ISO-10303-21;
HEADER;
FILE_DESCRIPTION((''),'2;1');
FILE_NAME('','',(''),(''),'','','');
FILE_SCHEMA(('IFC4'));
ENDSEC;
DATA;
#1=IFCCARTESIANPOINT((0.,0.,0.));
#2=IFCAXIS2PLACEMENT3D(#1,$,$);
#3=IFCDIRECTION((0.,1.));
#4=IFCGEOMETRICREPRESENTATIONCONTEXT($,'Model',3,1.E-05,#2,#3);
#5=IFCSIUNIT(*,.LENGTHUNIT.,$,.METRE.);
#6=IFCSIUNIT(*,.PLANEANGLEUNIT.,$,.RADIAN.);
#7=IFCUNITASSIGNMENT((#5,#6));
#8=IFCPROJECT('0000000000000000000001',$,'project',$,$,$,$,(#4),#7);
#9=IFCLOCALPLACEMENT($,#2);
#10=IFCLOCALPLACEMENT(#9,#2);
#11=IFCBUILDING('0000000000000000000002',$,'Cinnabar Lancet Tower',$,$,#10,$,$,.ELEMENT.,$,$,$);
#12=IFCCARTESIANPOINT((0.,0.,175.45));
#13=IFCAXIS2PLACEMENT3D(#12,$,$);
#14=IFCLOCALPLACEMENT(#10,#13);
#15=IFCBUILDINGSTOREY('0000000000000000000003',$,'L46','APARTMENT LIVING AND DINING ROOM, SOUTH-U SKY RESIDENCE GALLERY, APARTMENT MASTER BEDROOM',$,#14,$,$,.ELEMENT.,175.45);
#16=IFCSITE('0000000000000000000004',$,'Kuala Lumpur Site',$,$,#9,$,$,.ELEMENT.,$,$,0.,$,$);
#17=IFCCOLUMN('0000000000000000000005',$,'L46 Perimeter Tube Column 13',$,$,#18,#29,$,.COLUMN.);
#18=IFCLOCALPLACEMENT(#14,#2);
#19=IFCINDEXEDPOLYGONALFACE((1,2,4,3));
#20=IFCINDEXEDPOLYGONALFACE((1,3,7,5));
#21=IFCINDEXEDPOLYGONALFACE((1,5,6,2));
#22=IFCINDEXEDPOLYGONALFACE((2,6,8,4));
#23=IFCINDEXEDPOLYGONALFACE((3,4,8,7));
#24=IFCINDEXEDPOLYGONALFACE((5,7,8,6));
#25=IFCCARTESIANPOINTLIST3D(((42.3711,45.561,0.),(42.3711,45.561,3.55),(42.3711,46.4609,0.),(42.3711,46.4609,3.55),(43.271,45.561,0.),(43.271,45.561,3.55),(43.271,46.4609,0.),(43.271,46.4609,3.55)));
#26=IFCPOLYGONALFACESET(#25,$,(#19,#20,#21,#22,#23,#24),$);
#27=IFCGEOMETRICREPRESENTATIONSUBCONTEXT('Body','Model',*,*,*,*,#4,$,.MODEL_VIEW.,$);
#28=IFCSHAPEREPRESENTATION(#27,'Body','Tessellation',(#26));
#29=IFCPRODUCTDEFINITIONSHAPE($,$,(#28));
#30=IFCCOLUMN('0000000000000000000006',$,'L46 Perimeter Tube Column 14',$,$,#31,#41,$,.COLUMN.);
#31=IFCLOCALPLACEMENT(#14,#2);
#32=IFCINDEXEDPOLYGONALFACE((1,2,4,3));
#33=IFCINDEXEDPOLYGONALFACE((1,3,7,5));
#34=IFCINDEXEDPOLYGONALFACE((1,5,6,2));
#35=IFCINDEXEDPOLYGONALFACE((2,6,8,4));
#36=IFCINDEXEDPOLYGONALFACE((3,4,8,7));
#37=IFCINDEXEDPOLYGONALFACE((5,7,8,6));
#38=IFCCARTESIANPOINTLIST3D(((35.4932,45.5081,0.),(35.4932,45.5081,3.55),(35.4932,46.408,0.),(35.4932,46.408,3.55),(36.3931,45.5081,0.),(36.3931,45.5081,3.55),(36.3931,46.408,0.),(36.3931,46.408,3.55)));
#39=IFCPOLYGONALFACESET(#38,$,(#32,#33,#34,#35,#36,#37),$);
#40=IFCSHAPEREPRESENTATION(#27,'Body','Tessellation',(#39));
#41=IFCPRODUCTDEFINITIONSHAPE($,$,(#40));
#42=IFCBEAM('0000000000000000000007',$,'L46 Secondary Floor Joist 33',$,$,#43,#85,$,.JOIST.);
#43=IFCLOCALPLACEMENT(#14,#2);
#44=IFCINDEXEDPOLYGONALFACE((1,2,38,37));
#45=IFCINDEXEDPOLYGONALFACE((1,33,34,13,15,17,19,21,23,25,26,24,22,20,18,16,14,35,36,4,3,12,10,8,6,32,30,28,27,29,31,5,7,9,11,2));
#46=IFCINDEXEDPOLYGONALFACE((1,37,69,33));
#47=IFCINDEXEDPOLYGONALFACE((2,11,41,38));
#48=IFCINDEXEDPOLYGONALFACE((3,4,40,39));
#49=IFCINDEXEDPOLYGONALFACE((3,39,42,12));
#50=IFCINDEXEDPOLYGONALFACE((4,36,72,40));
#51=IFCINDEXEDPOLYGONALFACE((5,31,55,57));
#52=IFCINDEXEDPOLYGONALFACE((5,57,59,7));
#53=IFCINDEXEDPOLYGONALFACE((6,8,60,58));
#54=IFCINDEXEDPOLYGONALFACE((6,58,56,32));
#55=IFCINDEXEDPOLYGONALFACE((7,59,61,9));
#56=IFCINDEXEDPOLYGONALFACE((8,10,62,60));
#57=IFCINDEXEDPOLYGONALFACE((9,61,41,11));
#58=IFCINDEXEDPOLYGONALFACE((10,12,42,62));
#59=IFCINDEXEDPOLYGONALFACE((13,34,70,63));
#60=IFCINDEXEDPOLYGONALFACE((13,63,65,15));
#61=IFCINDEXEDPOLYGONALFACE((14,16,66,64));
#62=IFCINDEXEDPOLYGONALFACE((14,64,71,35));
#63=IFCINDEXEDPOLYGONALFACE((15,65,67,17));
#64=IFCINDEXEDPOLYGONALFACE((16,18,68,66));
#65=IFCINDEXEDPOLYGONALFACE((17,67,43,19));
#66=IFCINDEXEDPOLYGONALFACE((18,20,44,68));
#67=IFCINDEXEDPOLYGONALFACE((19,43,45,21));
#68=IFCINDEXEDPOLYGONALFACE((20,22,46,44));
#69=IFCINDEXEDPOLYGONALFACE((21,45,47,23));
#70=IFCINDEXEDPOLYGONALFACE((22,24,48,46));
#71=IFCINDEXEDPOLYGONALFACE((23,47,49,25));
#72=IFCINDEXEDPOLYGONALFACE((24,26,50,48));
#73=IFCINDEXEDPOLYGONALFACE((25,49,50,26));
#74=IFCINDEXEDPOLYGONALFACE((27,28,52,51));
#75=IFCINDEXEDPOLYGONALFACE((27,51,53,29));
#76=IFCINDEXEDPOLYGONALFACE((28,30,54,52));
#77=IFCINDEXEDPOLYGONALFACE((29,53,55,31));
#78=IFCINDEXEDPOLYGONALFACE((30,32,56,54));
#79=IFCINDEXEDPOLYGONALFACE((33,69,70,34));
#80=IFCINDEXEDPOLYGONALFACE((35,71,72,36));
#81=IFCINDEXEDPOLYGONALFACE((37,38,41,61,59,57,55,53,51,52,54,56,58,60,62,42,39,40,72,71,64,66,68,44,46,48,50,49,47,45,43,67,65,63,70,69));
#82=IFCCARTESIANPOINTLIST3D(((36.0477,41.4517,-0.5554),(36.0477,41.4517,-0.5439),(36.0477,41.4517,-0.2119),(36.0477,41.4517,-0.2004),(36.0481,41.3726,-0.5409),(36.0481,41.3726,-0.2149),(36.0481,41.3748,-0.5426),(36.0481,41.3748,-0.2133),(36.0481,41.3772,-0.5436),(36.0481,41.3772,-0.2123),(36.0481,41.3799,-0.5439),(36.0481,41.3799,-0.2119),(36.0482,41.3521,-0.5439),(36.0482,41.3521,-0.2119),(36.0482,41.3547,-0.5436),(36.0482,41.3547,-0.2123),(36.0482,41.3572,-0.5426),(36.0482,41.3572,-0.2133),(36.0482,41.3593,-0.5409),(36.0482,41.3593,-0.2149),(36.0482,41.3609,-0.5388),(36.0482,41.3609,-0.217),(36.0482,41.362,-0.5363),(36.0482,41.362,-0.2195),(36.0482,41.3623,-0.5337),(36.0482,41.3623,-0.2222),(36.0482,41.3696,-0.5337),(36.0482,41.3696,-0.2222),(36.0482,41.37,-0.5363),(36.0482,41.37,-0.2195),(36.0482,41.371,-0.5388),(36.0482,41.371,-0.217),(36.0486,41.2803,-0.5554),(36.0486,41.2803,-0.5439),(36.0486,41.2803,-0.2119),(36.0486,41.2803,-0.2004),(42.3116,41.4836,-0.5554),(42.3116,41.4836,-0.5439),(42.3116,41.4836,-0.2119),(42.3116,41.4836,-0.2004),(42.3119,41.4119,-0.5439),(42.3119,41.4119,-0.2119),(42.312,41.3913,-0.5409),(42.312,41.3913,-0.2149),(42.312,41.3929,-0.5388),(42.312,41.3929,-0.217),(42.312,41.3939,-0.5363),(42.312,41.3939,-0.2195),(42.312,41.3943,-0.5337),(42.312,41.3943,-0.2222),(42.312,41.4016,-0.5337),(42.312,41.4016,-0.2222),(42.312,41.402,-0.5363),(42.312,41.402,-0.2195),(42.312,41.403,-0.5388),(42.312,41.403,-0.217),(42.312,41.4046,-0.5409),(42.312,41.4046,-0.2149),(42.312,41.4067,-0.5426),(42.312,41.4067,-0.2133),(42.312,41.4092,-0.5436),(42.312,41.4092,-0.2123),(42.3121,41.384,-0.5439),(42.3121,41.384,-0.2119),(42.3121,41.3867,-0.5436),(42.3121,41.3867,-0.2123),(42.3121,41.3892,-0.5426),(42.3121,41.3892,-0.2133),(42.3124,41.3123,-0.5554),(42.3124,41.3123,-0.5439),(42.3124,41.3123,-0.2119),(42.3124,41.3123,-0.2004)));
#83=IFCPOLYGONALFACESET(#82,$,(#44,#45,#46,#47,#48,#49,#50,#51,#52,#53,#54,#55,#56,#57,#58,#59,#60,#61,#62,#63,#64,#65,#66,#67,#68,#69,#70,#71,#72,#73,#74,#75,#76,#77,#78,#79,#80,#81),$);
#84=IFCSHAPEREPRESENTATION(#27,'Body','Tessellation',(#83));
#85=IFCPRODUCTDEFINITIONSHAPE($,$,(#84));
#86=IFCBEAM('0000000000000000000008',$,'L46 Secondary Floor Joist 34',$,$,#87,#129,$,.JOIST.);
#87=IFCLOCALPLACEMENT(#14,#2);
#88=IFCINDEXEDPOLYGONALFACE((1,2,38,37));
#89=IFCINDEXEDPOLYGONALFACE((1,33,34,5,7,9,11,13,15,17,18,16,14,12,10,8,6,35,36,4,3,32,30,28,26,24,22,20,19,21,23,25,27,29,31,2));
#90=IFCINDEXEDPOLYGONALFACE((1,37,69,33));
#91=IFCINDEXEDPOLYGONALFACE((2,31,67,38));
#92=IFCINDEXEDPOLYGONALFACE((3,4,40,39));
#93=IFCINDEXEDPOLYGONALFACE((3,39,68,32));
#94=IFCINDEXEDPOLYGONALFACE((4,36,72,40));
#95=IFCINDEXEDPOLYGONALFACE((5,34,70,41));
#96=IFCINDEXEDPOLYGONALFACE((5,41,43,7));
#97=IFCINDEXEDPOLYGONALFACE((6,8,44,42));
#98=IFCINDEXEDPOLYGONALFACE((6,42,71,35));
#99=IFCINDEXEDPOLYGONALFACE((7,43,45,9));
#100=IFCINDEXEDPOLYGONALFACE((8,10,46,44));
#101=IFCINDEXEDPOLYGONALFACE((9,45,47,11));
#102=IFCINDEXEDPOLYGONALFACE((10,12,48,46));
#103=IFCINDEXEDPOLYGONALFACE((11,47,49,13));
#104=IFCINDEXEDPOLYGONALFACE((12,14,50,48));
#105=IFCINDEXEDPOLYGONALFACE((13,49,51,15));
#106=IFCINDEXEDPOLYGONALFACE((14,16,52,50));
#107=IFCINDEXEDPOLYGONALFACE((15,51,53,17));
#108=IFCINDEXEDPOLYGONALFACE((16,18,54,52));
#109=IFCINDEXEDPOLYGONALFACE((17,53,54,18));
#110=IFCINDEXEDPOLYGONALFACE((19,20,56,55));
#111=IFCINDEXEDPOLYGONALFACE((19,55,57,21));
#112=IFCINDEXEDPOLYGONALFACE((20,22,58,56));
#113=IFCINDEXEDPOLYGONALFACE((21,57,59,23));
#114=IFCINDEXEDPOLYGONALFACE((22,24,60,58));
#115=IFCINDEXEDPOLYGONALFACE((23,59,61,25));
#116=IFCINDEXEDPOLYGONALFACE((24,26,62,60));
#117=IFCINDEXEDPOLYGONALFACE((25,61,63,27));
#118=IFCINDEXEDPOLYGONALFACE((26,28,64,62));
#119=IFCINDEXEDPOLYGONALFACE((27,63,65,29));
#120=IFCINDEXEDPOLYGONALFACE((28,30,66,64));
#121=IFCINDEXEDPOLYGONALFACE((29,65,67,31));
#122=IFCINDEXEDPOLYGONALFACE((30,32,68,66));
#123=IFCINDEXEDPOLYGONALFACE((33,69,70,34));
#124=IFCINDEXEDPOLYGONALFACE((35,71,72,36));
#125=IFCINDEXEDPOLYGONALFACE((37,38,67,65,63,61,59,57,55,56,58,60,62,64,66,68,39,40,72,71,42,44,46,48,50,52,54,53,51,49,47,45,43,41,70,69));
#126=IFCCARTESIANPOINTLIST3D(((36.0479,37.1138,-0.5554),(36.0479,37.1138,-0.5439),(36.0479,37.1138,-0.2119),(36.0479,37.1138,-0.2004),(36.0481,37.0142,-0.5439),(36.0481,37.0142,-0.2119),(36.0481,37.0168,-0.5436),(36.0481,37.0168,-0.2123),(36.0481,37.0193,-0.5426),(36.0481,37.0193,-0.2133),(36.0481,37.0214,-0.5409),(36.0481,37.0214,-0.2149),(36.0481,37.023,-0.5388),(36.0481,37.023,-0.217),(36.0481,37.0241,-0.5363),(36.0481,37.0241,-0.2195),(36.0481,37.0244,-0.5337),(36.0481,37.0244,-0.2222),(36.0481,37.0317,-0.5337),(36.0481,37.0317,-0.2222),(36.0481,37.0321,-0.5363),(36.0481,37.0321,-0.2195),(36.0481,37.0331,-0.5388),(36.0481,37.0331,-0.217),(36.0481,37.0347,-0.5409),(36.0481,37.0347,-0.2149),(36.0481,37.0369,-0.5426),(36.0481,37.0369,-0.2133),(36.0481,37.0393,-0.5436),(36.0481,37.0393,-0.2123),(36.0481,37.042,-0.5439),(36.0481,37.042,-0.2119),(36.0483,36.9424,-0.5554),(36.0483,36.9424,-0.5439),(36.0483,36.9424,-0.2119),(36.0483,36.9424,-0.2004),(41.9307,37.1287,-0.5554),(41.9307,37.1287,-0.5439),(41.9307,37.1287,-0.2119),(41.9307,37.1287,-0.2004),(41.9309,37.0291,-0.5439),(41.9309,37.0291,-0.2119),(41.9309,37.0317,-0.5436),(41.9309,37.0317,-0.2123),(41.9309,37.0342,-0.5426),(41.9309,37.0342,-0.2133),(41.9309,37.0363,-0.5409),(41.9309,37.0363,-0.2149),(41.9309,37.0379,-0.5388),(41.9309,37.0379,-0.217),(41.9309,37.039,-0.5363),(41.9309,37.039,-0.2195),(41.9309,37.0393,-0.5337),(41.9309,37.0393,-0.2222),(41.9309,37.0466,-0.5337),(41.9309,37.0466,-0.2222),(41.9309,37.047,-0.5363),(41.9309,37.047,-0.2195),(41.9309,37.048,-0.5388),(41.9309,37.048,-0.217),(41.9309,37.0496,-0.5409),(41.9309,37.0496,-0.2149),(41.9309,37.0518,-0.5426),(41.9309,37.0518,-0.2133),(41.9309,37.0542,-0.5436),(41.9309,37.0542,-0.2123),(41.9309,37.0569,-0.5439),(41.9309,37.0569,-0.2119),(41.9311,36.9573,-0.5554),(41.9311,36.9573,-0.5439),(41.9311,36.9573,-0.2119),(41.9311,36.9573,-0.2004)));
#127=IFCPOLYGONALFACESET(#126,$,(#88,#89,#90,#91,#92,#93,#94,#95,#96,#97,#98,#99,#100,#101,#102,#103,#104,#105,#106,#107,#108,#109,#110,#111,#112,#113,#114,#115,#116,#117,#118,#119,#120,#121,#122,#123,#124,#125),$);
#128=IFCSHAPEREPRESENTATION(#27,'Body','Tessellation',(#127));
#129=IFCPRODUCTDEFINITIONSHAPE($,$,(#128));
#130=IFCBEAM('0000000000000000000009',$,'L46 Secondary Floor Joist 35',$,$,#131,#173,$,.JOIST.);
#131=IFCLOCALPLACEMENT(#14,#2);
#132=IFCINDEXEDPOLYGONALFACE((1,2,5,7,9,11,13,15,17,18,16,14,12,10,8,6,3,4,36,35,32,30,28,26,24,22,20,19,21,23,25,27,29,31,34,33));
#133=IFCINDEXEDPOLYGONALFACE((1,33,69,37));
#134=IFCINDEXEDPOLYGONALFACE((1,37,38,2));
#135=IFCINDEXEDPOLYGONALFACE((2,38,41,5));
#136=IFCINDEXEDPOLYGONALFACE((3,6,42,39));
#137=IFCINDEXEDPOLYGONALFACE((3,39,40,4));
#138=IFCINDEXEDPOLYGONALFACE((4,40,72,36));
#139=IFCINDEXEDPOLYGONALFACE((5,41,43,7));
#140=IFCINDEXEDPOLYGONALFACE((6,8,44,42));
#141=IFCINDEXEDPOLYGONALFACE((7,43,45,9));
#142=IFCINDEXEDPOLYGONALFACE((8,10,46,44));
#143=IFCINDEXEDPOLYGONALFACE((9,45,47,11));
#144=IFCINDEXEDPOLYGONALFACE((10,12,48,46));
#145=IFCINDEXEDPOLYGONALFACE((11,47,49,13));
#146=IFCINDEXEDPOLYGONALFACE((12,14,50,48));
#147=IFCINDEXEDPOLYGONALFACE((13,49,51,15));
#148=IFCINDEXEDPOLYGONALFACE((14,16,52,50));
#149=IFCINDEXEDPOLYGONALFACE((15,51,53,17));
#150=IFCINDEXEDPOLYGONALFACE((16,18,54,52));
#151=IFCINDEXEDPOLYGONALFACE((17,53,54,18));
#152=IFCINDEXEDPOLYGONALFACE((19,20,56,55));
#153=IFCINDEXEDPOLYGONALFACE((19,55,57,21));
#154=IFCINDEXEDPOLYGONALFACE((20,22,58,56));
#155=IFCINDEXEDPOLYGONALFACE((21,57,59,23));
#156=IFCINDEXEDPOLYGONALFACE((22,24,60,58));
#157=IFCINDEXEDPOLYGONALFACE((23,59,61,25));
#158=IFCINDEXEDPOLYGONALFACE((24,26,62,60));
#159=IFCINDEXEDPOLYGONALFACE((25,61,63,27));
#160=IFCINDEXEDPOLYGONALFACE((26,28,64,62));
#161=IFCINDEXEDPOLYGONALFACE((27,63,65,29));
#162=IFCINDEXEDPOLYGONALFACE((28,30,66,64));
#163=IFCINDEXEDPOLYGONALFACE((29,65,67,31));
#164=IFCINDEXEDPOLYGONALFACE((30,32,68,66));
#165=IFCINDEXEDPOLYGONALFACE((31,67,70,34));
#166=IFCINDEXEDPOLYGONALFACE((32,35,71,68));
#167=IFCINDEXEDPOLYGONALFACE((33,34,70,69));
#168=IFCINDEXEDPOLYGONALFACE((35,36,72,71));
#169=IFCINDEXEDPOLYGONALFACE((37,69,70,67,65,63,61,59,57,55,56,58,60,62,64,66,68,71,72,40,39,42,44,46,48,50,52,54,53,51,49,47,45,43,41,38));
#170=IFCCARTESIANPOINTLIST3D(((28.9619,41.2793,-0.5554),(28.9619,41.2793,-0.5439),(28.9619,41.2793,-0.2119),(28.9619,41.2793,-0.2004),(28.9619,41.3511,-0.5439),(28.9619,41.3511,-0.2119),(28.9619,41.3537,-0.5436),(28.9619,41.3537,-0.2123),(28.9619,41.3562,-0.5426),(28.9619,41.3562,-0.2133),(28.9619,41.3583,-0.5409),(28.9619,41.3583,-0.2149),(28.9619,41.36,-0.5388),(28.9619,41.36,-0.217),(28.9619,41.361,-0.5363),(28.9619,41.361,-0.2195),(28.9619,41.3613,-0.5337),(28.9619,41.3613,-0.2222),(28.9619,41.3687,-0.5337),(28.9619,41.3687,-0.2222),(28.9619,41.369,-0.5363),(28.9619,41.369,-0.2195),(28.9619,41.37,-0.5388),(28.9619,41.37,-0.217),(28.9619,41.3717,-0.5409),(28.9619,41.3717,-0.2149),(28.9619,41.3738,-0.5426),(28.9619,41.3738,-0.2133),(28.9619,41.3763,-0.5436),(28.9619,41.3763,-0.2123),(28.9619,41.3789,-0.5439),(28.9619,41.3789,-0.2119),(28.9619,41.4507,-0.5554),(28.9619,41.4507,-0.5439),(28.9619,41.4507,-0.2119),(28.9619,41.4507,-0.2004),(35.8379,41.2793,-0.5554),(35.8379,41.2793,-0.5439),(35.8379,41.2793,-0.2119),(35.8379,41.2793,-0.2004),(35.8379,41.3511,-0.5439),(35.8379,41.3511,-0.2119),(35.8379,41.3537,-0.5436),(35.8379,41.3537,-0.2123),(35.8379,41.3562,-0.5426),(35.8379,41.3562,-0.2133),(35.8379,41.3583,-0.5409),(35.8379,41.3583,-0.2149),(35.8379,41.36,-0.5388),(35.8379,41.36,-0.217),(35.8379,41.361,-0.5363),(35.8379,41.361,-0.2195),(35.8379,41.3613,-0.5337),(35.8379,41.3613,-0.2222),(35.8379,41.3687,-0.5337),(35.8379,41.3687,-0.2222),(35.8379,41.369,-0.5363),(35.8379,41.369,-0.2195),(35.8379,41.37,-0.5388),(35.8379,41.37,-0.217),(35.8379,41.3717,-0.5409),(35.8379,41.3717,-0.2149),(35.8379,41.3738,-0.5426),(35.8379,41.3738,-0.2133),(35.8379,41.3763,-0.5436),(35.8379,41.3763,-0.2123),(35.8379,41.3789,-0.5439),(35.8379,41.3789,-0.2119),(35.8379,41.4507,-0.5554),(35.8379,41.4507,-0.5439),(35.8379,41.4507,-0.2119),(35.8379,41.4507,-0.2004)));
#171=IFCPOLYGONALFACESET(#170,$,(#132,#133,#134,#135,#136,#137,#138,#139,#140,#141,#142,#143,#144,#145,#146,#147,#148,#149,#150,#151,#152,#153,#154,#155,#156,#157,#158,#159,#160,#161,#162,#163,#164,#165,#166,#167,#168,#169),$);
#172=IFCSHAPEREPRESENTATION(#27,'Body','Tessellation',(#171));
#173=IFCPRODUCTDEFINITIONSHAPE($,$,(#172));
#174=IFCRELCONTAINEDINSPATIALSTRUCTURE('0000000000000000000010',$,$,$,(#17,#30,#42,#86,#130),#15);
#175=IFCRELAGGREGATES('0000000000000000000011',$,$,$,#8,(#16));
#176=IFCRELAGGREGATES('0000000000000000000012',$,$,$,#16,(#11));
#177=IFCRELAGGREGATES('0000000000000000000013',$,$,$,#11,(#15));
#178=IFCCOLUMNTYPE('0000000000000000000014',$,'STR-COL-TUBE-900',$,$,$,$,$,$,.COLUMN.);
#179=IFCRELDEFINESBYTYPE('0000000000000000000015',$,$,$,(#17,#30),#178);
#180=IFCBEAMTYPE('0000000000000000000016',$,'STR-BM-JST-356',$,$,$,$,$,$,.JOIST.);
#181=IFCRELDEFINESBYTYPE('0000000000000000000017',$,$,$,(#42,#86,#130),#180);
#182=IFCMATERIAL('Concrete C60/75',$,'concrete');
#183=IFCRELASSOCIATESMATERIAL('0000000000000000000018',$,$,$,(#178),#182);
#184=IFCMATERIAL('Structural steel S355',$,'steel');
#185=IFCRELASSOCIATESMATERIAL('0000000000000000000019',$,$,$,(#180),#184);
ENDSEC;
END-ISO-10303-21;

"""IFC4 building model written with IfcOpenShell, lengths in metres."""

from ifc_helpers import new_model, si_unit, direction, frame, origin, origin_2d, place, context, subcontext, project, spatial, rectangle, i_section, extrude, material, material_profile, profile_set, type_object, element, save


model = new_model("IFC4")

# Units and contexts
model_context = context("Model", 3, precision=1e-05, world=origin(), true_north=direction((0.0, 1.0)))
body_context = subcontext(model_context, "Body", "Model", "MODEL_VIEW")
ifc_project = project(units=[si_unit("LENGTHUNIT", "METRE"), si_unit("PLANEANGLEUNIT", "RADIAN")], contexts=[model_context])

# Site, building, storey
site_placement = place(None, origin())
site = spatial("IfcSite", under=ifc_project, at=site_placement, Name="Kuala Lumpur Site", CompositionType="ELEMENT", RefElevation=0.0)
building_placement = place(site_placement, origin())
building = spatial("IfcBuilding", under=site, at=building_placement, Name="Cinnabar Lancet Tower", CompositionType="ELEMENT")
storey_placement = place(building_placement, frame((0.0, 0.0, 175.45)))
storey = spatial("IfcBuildingStorey", under=building, at=storey_placement, Name="L46", Description="APARTMENT LIVING AND DINING ROOM, SOUTH-U SKY RESIDENCE GALLERY, APARTMENT MASTER BEDROOM", CompositionType="ELEMENT", Elevation=175.45)

# Columns
ifc_material_1 = material(Name="Concrete C60/75", Category="concrete")
ifc_material_profile_1 = material_profile(ifc_material_1, rectangle(XDim=0.8999, YDim=0.8999, at=origin_2d()), Name="RC-COL 900x900")
ifc_profile_set_1 = profile_set([ifc_material_profile_1], Name="Concrete C60/75")
column_type = type_object("IfcColumnType", Name="STR-COL-TUBE-900", PredefinedType="COLUMN", material=ifc_profile_set_1)
for number, where, z_axis, x_axis, name in (
    (1, (42.821, 46.011, 0.0), (0.0, 0.0, 1.0), (1.0, 0.0, 0.0), "L46 Perimeter Tube Column 13"),
    (2, (35.9431, 45.958, 0.0), (0.0, 0.0, 1.0), (1.0, 0.0, 0.0), "L46 Perimeter Tube Column 14"),
):
    element("IfcColumn", number, at=place(storey_placement, frame(where, z_axis=z_axis, x_axis=x_axis)), inside=storey, type_object=column_type, Name=name, PredefinedType="COLUMN", context=body_context, shape_type="SweptSolid", body=[
        extrude(rectangle(XDim=0.8999, YDim=0.8999, at=origin_2d()), origin(), (0.0, 0.0, 1.0), 3.55),
    ])

# Beams
ifc_material_2 = material(Name="Structural steel S355", Category="steel")
ifc_material_profile_2 = material_profile(ifc_material_2, i_section(OverallWidth=0.1714, OverallDepth=0.355, WebThickness=0.0073, FlangeThickness=0.0115, FilletRadius=0.0103, at=origin_2d()), Name="UKB 356x171x51")
ifc_profile_set_2 = profile_set([ifc_material_profile_2], Name="Structural steel S355")
beam_type_1 = type_object("IfcBeamType", Name="STR-BM-JST-356", PredefinedType="JOIST", material=ifc_profile_set_2)
beam_1_placement = place(storey_placement, frame((42.312, 41.3979, -0.3779), z_axis=(-0.999987, -0.005106, 0.0), x_axis=(0.005106, -0.999987, 0.0)))
element("IfcBeam", 3, at=beam_1_placement, inside=storey, type_object=beam_type_1, Name="L46 Secondary Floor Joist 33", PredefinedType="JOIST", context=body_context, shape_type="SweptSolid", body=[
    extrude(i_section(OverallWidth=0.1714, OverallDepth=0.355, WebThickness=0.0073, FlangeThickness=0.0115, FilletRadius=0.0103, at=origin_2d()), origin(), (0.0, 0.0, 1.0), 6.2639),
])
beam_2_placement = place(storey_placement, frame((41.9309, 37.043, -0.3779), z_axis=(-0.999997, -0.002532, 0.0), x_axis=(0.002532, -0.999997, 0.0)))
element("IfcBeam", 4, at=beam_2_placement, inside=storey, type_object=beam_type_1, Name="L46 Secondary Floor Joist 34", PredefinedType="JOIST", context=body_context, shape_type="SweptSolid", body=[
    extrude(i_section(OverallWidth=0.1714, OverallDepth=0.355, WebThickness=0.0073, FlangeThickness=0.0115, FilletRadius=0.0103, at=origin_2d()), origin(), (0.0, 0.0, 1.0), 5.8828),
])
for number, where, z_axis, x_axis, name in (
    (5, (35.8379, 41.365, -0.3779), (-1.0, 0.0, 0.0), (0.0, -1.0, 0.0), "L46 Secondary Floor Joist 35"),
):
    element("IfcBeam", number, at=place(storey_placement, frame(where, z_axis=z_axis, x_axis=x_axis)), inside=storey, type_object=beam_type_1, Name=name, PredefinedType="JOIST", context=body_context, shape_type="SweptSolid", body=[
        extrude(i_section(OverallWidth=0.1714, OverallDepth=0.355, WebThickness=0.0073, FlangeThickness=0.0115, FilletRadius=0.0103, at=origin_2d()), origin(), (0.0, 0.0, 1.0), 6.876),
    ])

save(model, "model.ifc")
